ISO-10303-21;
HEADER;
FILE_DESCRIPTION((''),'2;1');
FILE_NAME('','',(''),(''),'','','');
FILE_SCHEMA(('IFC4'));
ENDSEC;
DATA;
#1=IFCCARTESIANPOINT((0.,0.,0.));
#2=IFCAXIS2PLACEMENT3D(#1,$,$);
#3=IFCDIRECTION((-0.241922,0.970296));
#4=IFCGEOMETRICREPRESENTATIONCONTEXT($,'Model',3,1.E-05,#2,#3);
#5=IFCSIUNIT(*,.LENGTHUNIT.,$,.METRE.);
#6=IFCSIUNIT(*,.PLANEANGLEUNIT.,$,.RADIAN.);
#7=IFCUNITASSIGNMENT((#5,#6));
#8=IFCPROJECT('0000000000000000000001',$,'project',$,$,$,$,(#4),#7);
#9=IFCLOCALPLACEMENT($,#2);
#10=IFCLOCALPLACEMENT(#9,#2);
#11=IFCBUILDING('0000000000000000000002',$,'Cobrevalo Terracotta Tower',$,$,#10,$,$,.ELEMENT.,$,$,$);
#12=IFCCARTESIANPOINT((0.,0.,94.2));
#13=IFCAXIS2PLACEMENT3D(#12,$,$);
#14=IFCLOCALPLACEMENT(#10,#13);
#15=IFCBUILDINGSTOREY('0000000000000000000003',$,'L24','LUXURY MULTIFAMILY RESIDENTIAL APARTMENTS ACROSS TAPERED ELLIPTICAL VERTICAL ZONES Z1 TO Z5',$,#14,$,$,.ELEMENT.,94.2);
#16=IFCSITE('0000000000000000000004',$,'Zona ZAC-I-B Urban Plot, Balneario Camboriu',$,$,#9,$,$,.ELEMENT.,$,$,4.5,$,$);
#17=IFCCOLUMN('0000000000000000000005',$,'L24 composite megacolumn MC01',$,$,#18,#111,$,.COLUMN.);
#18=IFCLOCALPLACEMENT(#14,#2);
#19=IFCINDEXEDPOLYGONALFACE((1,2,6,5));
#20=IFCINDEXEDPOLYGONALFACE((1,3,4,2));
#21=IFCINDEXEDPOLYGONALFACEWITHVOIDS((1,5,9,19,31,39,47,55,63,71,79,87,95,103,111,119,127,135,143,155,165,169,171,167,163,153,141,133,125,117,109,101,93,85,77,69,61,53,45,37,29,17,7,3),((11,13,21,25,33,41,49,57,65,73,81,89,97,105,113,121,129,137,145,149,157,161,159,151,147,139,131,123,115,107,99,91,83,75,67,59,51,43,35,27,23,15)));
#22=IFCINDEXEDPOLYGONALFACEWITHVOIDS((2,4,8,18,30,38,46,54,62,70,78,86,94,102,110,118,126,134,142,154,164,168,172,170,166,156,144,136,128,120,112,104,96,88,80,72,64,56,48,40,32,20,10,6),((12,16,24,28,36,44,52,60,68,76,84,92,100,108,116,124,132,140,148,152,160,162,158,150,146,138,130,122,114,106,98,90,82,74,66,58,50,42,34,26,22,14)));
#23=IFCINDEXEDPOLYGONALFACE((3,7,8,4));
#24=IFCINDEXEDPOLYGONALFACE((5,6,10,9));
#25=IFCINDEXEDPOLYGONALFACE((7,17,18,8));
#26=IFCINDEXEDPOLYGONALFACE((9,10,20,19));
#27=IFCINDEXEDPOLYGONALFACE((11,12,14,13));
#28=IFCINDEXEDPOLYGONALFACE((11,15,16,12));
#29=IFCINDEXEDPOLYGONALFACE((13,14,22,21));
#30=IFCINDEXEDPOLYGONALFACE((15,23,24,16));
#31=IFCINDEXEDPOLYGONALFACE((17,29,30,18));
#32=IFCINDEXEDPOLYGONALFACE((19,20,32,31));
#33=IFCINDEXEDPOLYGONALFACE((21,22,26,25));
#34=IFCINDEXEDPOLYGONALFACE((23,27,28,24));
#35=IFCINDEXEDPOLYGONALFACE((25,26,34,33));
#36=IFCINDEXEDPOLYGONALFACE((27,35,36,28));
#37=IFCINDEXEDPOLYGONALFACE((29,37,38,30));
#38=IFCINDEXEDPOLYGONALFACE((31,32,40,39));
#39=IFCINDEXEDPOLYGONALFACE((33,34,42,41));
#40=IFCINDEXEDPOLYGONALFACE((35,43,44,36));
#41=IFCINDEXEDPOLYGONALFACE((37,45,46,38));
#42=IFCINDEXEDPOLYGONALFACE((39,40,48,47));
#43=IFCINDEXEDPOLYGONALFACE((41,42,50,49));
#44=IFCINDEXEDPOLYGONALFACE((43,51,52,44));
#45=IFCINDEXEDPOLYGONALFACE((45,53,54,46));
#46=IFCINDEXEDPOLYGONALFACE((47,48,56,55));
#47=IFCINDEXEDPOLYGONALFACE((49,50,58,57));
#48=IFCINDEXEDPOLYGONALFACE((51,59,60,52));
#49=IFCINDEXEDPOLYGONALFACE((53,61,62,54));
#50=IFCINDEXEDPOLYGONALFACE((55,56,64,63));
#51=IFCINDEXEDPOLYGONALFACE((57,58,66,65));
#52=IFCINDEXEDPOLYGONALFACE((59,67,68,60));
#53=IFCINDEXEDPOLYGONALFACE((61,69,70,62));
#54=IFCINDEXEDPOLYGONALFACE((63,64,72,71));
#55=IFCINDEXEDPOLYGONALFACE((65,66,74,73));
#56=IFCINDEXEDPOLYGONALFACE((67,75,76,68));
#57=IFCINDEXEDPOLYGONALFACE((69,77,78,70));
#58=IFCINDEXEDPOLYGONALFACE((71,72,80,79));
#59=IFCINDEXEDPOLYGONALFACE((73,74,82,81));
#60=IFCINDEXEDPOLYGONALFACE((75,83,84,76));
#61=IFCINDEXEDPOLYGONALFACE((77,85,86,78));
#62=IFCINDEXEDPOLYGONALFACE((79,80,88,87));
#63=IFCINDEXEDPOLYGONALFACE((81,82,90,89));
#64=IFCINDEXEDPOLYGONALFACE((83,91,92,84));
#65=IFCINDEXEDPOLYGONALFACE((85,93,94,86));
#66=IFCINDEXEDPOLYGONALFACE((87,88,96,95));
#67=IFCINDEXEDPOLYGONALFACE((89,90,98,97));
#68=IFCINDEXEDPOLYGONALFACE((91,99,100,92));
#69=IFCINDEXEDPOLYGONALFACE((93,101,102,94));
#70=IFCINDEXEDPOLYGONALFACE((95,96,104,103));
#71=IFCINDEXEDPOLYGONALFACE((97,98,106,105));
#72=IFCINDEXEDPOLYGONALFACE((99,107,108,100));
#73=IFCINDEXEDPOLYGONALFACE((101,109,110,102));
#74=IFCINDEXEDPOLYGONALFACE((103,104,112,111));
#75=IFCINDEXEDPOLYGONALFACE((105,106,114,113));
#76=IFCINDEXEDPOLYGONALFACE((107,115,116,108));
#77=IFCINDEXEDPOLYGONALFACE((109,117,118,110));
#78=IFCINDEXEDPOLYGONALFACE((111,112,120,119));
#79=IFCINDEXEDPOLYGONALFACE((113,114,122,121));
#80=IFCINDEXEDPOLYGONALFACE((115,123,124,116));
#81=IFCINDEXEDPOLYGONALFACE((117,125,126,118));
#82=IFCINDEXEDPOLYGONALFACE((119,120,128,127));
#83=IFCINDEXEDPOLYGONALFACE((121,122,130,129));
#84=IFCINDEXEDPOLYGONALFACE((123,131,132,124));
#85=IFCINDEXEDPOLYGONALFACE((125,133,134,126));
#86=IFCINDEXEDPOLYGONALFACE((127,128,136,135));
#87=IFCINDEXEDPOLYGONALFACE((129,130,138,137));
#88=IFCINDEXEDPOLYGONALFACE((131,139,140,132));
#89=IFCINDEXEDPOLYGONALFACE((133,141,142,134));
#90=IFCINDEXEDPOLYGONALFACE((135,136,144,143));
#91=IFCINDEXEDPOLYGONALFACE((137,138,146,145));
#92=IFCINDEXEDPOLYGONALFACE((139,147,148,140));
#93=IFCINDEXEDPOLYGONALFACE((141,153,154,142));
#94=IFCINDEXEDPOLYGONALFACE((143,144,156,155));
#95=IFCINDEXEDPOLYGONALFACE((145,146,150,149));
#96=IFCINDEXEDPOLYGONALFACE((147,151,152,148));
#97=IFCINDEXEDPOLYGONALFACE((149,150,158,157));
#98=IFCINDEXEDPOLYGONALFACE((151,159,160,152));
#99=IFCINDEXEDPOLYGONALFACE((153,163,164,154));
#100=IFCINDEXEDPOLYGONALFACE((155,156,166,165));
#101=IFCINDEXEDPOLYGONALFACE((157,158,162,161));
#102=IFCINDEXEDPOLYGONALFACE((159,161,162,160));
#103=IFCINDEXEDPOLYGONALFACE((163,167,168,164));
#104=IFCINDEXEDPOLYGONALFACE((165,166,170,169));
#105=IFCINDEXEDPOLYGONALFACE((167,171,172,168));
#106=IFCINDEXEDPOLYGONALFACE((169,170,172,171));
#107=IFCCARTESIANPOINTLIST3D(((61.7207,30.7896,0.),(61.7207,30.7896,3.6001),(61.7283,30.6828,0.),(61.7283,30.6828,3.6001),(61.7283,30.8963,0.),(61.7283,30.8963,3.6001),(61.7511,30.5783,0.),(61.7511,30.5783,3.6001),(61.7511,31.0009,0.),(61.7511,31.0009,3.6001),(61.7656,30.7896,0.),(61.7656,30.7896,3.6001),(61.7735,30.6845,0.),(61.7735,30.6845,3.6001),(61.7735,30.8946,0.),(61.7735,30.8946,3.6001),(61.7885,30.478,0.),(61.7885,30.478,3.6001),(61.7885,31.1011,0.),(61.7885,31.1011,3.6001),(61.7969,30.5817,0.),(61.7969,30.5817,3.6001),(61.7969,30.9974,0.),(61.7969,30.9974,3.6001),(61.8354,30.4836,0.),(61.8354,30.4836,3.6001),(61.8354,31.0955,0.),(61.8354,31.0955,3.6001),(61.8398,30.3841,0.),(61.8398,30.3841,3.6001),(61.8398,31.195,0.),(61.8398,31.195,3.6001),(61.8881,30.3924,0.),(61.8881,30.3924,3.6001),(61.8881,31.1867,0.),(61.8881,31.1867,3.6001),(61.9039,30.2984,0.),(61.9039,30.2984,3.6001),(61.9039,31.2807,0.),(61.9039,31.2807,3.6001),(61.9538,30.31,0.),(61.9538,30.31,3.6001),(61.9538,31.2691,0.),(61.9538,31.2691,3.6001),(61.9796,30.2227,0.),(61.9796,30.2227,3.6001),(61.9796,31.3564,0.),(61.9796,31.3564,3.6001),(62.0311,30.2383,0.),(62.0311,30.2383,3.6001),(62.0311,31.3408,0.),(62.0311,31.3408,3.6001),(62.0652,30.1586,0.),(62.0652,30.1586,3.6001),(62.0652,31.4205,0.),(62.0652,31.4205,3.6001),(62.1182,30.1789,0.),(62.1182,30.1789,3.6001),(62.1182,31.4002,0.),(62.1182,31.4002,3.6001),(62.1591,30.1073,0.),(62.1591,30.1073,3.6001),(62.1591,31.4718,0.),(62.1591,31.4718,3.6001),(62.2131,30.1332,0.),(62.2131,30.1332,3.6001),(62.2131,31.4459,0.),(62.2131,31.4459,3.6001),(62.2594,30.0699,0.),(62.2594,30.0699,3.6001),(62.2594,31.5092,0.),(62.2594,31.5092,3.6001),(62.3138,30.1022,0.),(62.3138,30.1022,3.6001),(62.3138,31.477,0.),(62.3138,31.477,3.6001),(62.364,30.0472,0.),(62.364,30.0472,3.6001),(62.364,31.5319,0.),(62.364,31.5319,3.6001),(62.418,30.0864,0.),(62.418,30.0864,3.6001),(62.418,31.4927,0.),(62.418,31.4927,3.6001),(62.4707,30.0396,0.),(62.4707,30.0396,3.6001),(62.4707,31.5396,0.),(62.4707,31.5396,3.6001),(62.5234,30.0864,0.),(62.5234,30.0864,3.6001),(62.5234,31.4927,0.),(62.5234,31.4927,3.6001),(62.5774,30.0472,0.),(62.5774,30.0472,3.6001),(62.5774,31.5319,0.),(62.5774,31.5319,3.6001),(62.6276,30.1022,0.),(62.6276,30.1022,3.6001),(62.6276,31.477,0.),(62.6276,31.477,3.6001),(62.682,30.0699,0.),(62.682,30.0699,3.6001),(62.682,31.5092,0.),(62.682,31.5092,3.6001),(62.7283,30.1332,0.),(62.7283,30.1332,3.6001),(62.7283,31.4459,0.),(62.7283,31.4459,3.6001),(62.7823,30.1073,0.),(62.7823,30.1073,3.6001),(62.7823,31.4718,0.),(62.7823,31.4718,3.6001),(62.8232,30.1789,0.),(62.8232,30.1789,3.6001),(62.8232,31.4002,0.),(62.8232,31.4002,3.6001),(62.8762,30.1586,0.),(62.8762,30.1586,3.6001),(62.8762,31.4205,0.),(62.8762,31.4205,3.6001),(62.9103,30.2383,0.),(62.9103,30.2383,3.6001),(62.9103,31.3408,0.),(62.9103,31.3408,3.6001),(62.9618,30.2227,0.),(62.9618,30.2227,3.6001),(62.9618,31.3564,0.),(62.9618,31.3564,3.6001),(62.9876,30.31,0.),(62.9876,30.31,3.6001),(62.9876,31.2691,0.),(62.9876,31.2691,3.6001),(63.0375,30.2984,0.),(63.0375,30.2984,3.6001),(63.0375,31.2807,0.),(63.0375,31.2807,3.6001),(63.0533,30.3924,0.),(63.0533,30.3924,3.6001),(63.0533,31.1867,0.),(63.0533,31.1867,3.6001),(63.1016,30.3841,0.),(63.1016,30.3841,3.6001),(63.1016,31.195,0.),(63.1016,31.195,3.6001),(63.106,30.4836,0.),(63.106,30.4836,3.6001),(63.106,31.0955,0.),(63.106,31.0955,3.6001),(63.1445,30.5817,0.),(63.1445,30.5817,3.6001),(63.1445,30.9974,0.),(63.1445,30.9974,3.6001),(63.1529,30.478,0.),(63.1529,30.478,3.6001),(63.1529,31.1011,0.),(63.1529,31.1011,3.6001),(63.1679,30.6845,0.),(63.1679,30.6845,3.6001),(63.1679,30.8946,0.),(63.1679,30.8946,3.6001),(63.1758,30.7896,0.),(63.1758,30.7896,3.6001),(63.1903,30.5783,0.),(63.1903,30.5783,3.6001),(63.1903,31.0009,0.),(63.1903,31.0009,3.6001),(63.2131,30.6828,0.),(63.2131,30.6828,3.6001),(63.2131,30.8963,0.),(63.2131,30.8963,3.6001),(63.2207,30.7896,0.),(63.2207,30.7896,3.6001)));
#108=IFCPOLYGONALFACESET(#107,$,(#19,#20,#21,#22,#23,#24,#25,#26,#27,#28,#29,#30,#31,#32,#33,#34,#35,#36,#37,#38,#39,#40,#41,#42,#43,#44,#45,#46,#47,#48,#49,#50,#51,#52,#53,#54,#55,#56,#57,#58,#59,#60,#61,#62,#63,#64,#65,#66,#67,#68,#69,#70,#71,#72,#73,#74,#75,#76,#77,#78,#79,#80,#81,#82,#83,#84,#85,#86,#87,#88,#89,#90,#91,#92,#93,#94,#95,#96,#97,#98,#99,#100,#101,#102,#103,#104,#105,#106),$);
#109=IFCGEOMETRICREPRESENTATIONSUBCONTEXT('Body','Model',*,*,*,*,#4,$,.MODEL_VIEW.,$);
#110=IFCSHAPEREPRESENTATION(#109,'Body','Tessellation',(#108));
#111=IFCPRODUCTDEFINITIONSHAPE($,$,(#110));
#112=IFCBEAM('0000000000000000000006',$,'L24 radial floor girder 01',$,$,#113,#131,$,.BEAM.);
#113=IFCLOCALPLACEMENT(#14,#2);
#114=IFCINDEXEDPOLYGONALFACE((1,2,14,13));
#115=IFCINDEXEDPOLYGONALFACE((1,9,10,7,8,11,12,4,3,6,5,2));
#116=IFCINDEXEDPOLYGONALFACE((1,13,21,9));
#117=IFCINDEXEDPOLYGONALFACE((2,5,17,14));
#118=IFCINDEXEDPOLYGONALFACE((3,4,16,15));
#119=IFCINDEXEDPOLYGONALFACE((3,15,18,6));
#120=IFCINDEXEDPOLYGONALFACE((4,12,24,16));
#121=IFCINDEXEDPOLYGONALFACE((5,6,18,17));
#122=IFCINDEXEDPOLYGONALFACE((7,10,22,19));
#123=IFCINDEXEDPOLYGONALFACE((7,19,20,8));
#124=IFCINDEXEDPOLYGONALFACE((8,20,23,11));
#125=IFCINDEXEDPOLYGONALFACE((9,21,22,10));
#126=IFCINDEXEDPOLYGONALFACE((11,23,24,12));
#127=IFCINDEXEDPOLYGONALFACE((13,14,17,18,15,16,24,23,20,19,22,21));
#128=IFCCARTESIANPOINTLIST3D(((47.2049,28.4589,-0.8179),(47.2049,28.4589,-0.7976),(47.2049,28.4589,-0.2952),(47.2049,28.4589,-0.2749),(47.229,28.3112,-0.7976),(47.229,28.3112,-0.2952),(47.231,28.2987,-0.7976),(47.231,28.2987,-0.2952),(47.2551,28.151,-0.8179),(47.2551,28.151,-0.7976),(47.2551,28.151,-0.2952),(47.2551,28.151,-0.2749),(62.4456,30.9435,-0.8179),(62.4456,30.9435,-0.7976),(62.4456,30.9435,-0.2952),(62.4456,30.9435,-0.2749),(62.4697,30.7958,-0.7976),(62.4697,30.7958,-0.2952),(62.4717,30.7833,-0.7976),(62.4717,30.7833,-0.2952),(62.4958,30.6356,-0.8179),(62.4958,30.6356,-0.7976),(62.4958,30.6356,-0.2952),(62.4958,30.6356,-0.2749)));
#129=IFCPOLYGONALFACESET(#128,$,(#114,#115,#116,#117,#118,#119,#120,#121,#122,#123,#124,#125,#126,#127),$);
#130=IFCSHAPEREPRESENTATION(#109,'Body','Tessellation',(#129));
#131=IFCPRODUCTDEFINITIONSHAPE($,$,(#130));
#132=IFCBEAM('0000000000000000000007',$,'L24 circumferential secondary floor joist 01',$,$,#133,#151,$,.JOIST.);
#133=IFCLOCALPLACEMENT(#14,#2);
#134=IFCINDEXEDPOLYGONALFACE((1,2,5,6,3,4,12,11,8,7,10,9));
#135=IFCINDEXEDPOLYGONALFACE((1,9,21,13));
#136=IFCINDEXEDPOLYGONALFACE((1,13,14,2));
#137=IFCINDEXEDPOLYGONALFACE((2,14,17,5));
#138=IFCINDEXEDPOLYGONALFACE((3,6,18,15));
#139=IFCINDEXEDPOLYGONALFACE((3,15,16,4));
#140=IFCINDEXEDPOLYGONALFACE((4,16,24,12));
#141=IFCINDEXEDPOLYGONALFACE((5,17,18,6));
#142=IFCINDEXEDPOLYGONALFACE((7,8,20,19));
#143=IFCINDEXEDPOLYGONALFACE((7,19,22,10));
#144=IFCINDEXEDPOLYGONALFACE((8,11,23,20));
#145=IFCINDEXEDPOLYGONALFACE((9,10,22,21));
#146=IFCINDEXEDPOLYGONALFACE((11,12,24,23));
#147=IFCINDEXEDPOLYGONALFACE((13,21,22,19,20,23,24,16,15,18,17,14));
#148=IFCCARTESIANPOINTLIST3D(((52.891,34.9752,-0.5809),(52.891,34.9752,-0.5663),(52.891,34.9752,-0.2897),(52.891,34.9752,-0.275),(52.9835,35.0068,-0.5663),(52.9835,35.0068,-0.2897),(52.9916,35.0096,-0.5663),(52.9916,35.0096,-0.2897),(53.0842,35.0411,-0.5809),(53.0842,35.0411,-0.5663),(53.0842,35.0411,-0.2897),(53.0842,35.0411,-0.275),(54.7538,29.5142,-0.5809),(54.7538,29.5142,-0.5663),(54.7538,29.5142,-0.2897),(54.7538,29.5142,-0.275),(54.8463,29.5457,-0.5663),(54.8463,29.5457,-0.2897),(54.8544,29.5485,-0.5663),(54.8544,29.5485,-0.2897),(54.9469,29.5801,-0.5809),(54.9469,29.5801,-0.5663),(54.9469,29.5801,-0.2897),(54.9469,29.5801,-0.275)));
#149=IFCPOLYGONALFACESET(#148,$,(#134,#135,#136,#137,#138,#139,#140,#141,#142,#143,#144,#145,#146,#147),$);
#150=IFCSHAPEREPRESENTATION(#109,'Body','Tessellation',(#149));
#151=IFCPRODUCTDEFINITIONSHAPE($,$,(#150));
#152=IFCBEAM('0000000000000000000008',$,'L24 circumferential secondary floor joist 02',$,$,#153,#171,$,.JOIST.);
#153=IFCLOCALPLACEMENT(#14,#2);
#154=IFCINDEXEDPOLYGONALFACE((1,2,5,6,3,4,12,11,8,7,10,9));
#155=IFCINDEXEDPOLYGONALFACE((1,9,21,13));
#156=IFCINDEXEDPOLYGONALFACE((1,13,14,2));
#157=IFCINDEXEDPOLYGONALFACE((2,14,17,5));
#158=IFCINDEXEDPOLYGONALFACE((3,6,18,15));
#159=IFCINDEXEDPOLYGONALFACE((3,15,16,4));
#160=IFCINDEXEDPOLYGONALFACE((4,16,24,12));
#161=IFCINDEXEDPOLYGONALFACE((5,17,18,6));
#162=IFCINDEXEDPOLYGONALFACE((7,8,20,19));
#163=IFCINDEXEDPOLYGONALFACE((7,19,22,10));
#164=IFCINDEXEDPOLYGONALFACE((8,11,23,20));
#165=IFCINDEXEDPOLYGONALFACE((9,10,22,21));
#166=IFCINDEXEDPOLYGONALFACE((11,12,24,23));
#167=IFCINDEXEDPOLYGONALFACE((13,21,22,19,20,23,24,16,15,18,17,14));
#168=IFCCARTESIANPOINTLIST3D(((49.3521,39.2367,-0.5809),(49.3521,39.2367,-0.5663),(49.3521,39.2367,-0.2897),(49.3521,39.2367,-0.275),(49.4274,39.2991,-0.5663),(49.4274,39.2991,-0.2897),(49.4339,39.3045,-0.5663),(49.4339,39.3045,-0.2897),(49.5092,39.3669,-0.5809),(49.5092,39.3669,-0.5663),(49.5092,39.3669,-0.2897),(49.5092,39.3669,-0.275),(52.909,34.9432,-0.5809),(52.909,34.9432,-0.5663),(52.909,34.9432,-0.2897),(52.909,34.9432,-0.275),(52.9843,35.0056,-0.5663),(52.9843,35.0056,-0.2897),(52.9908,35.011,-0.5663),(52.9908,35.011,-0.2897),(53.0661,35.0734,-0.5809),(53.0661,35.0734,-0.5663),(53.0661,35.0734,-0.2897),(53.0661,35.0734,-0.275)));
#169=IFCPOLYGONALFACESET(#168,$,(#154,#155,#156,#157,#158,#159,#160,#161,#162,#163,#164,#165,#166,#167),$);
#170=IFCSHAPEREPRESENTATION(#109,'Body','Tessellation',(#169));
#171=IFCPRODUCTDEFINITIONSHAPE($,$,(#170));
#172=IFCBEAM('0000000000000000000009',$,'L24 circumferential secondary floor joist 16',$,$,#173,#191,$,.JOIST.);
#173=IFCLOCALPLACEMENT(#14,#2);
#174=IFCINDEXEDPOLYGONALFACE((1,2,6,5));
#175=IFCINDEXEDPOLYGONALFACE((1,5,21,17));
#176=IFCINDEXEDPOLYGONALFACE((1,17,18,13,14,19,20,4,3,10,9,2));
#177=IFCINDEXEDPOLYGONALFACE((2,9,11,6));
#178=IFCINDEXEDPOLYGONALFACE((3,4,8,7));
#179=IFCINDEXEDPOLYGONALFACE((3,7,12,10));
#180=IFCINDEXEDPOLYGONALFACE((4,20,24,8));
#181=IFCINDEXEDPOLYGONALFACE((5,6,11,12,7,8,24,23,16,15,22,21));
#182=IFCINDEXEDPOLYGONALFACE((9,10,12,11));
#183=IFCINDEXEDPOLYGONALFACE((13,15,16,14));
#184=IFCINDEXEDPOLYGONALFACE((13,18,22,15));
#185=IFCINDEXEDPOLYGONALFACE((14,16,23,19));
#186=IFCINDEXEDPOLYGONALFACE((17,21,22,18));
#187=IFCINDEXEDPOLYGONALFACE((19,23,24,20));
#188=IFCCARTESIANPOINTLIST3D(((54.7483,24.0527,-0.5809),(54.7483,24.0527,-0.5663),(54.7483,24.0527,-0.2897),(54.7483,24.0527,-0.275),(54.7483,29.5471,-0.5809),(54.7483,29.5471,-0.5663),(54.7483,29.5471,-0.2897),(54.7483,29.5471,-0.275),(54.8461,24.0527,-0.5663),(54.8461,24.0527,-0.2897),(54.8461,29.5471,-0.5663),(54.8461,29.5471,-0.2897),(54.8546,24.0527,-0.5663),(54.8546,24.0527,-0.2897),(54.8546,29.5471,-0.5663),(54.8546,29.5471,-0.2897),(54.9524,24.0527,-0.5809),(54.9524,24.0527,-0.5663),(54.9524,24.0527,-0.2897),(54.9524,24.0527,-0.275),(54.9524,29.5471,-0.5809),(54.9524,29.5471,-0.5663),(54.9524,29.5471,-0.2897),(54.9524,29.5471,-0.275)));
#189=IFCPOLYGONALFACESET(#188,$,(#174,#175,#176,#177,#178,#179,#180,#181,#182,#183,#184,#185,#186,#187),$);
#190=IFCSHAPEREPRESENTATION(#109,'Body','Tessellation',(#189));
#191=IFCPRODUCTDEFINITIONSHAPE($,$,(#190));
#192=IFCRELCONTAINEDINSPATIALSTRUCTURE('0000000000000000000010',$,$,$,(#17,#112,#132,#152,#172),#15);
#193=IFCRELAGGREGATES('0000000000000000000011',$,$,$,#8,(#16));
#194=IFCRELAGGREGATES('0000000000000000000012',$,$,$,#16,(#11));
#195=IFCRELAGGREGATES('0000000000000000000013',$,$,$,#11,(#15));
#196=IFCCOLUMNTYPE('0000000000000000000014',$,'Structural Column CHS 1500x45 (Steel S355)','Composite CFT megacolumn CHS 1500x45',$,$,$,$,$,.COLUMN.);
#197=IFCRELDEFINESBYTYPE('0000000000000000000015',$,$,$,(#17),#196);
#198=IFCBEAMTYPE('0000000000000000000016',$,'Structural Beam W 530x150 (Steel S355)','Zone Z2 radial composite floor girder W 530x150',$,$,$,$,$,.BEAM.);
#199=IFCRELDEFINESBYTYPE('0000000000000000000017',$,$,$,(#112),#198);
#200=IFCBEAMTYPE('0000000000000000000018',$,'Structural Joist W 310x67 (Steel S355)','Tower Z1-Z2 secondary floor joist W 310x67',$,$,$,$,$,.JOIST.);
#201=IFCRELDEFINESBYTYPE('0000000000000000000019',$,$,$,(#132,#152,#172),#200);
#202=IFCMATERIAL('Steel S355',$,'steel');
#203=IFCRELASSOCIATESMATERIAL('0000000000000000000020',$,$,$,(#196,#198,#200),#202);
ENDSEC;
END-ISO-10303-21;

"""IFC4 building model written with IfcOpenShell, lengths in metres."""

from ifc_helpers import new_model, si_unit, direction, frame, origin, origin_2d, place, context, subcontext, project, spatial, hollow_circle, i_section, extrude, material, material_profile, profile_set, type_object, element, save


model = new_model("IFC4")

# Units and contexts
model_context = context("Model", 3, precision=1e-05, world=origin(), true_north=direction((-0.241922, 0.970296)))
body_context = subcontext(model_context, "Body", "Model", "MODEL_VIEW")
ifc_project = project(units=[si_unit("LENGTHUNIT", "METRE"), si_unit("PLANEANGLEUNIT", "RADIAN")], contexts=[model_context])

# Site, building, storey
site_placement = place(None, origin())
site = spatial("IfcSite", under=ifc_project, at=site_placement, Name="Zona ZAC-I-B Urban Plot, Balneario Camboriu", CompositionType="ELEMENT", RefElevation=4.5)
building_placement = place(site_placement, origin())
building = spatial("IfcBuilding", under=site, at=building_placement, Name="Cobrevalo Terracotta Tower", CompositionType="ELEMENT")
storey_placement = place(building_placement, frame((0.0, 0.0, 94.2)))
storey = spatial("IfcBuildingStorey", under=building, at=storey_placement, Name="L24", Description="LUXURY MULTIFAMILY RESIDENTIAL APARTMENTS ACROSS TAPERED ELLIPTICAL VERTICAL ZONES Z1 TO Z5", CompositionType="ELEMENT", Elevation=94.2)

# Column
ifc_material_1 = material(Name="Steel S355", Category="steel")
ifc_material_profile_1 = material_profile(ifc_material_1, hollow_circle(Radius=0.75, WallThickness=0.0449, at=origin_2d()), Name="CHS 1500x45")
ifc_profile_set_1 = profile_set([ifc_material_profile_1], Name="Steel S355")
column_type = type_object("IfcColumnType", Name="Structural Column CHS 1500x45 (Steel S355)", Description="Composite CFT megacolumn CHS 1500x45", PredefinedType="COLUMN", material=ifc_profile_set_1)
column_placement = place(storey_placement, frame((62.4707, 30.7896, 0.0), z_axis=(0.0, 0.0, 1.0), x_axis=(1.0, 0.0, 0.0)))
element("IfcColumn", 1, at=column_placement, inside=storey, type_object=column_type, Name="L24 composite megacolumn MC01", PredefinedType="COLUMN", context=body_context, shape_type="SweptSolid", body=[
    extrude(hollow_circle(Radius=0.75, WallThickness=0.0449, at=origin_2d()), origin(), (0.0, 0.0, 1.0), 3.6001),
])

# Beams
ifc_material_profile_2 = material_profile(ifc_material_1, i_section(OverallWidth=0.312, OverallDepth=0.543, WebThickness=0.0127, FlangeThickness=0.0203, at=origin_2d()), Name="W 530x150")
ifc_profile_set_2 = profile_set([ifc_material_profile_2], Name="Steel S355")
beam_type_1 = type_object("IfcBeamType", Name="Structural Beam W 530x150 (Steel S355)", Description="Zone Z2 radial composite floor girder W 530x150", PredefinedType="BEAM", material=ifc_profile_set_2)
beam_1_placement = place(storey_placement, frame((62.4707, 30.7896, -0.5464), z_axis=(-0.986971, -0.160901, 0.0), x_axis=(0.160901, -0.986971, 0.0)))
element("IfcBeam", 2, at=beam_1_placement, inside=storey, type_object=beam_type_1, Name="L24 radial floor girder 01", PredefinedType="BEAM", context=body_context, shape_type="SweptSolid", body=[
    extrude(i_section(OverallWidth=0.312, OverallDepth=0.543, WebThickness=0.0127, FlangeThickness=0.0203, at=origin_2d()), origin(), (0.0, 0.0, 1.0), 15.4419),
])
ifc_material_profile_3 = material_profile(ifc_material_1, i_section(OverallWidth=0.2041, OverallDepth=0.3059, WebThickness=0.0085, FlangeThickness=0.0146, at=origin_2d()), Name="W 310x67")
ifc_profile_set_3 = profile_set([ifc_material_profile_3], Name="Steel S355")
beam_type_2 = type_object("IfcBeamType", Name="Structural Joist W 310x67 (Steel S355)", Description="Tower Z1-Z2 secondary floor joist W 310x67", PredefinedType="JOIST", material=ifc_profile_set_3)
beam_2_placement = place(storey_placement, frame((54.8503, 29.5471, -0.428), z_axis=(-0.322833, 0.946456, 0.0), x_axis=(-0.946456, -0.322833, 0.0)))
element("IfcBeam", 3, at=beam_2_placement, inside=storey, type_object=beam_type_2, Name="L24 circumferential secondary floor joist 01", PredefinedType="JOIST", context=body_context, shape_type="SweptSolid", body=[
    extrude(i_section(OverallWidth=0.2041, OverallDepth=0.3059, WebThickness=0.0085, FlangeThickness=0.0146, at=origin_2d()), origin(), (0.0, 0.0, 1.0), 5.77),
])
beam_3_placement = place(storey_placement, frame((52.9875, 35.0083, -0.428), z_axis=(-0.637959, 0.77007, 0.0), x_axis=(-0.77007, -0.637959, 0.0)))
element("IfcBeam", 4, at=beam_3_placement, inside=storey, type_object=beam_type_2, Name="L24 circumferential secondary floor joist 02", PredefinedType="JOIST", context=body_context, shape_type="SweptSolid", body=[
    extrude(i_section(OverallWidth=0.2041, OverallDepth=0.3059, WebThickness=0.0085, FlangeThickness=0.0146, at=origin_2d()), origin(), (0.0, 0.0, 1.0), 5.5754),
])
beam_4_placement = place(storey_placement, frame((54.8503, 24.0527, -0.428), z_axis=(0.0, 1.0, 0.0), x_axis=(-1.0, 0.0, 0.0)))
element("IfcBeam", 5, at=beam_4_placement, inside=storey, type_object=beam_type_2, Name="L24 circumferential secondary floor joist 16", PredefinedType="JOIST", context=body_context, shape_type="SweptSolid", body=[
    extrude(i_section(OverallWidth=0.2041, OverallDepth=0.3059, WebThickness=0.0085, FlangeThickness=0.0146, at=origin_2d()), origin(), (0.0, 0.0, 1.0), 5.4944),
])

save(model, "model.ifc")
